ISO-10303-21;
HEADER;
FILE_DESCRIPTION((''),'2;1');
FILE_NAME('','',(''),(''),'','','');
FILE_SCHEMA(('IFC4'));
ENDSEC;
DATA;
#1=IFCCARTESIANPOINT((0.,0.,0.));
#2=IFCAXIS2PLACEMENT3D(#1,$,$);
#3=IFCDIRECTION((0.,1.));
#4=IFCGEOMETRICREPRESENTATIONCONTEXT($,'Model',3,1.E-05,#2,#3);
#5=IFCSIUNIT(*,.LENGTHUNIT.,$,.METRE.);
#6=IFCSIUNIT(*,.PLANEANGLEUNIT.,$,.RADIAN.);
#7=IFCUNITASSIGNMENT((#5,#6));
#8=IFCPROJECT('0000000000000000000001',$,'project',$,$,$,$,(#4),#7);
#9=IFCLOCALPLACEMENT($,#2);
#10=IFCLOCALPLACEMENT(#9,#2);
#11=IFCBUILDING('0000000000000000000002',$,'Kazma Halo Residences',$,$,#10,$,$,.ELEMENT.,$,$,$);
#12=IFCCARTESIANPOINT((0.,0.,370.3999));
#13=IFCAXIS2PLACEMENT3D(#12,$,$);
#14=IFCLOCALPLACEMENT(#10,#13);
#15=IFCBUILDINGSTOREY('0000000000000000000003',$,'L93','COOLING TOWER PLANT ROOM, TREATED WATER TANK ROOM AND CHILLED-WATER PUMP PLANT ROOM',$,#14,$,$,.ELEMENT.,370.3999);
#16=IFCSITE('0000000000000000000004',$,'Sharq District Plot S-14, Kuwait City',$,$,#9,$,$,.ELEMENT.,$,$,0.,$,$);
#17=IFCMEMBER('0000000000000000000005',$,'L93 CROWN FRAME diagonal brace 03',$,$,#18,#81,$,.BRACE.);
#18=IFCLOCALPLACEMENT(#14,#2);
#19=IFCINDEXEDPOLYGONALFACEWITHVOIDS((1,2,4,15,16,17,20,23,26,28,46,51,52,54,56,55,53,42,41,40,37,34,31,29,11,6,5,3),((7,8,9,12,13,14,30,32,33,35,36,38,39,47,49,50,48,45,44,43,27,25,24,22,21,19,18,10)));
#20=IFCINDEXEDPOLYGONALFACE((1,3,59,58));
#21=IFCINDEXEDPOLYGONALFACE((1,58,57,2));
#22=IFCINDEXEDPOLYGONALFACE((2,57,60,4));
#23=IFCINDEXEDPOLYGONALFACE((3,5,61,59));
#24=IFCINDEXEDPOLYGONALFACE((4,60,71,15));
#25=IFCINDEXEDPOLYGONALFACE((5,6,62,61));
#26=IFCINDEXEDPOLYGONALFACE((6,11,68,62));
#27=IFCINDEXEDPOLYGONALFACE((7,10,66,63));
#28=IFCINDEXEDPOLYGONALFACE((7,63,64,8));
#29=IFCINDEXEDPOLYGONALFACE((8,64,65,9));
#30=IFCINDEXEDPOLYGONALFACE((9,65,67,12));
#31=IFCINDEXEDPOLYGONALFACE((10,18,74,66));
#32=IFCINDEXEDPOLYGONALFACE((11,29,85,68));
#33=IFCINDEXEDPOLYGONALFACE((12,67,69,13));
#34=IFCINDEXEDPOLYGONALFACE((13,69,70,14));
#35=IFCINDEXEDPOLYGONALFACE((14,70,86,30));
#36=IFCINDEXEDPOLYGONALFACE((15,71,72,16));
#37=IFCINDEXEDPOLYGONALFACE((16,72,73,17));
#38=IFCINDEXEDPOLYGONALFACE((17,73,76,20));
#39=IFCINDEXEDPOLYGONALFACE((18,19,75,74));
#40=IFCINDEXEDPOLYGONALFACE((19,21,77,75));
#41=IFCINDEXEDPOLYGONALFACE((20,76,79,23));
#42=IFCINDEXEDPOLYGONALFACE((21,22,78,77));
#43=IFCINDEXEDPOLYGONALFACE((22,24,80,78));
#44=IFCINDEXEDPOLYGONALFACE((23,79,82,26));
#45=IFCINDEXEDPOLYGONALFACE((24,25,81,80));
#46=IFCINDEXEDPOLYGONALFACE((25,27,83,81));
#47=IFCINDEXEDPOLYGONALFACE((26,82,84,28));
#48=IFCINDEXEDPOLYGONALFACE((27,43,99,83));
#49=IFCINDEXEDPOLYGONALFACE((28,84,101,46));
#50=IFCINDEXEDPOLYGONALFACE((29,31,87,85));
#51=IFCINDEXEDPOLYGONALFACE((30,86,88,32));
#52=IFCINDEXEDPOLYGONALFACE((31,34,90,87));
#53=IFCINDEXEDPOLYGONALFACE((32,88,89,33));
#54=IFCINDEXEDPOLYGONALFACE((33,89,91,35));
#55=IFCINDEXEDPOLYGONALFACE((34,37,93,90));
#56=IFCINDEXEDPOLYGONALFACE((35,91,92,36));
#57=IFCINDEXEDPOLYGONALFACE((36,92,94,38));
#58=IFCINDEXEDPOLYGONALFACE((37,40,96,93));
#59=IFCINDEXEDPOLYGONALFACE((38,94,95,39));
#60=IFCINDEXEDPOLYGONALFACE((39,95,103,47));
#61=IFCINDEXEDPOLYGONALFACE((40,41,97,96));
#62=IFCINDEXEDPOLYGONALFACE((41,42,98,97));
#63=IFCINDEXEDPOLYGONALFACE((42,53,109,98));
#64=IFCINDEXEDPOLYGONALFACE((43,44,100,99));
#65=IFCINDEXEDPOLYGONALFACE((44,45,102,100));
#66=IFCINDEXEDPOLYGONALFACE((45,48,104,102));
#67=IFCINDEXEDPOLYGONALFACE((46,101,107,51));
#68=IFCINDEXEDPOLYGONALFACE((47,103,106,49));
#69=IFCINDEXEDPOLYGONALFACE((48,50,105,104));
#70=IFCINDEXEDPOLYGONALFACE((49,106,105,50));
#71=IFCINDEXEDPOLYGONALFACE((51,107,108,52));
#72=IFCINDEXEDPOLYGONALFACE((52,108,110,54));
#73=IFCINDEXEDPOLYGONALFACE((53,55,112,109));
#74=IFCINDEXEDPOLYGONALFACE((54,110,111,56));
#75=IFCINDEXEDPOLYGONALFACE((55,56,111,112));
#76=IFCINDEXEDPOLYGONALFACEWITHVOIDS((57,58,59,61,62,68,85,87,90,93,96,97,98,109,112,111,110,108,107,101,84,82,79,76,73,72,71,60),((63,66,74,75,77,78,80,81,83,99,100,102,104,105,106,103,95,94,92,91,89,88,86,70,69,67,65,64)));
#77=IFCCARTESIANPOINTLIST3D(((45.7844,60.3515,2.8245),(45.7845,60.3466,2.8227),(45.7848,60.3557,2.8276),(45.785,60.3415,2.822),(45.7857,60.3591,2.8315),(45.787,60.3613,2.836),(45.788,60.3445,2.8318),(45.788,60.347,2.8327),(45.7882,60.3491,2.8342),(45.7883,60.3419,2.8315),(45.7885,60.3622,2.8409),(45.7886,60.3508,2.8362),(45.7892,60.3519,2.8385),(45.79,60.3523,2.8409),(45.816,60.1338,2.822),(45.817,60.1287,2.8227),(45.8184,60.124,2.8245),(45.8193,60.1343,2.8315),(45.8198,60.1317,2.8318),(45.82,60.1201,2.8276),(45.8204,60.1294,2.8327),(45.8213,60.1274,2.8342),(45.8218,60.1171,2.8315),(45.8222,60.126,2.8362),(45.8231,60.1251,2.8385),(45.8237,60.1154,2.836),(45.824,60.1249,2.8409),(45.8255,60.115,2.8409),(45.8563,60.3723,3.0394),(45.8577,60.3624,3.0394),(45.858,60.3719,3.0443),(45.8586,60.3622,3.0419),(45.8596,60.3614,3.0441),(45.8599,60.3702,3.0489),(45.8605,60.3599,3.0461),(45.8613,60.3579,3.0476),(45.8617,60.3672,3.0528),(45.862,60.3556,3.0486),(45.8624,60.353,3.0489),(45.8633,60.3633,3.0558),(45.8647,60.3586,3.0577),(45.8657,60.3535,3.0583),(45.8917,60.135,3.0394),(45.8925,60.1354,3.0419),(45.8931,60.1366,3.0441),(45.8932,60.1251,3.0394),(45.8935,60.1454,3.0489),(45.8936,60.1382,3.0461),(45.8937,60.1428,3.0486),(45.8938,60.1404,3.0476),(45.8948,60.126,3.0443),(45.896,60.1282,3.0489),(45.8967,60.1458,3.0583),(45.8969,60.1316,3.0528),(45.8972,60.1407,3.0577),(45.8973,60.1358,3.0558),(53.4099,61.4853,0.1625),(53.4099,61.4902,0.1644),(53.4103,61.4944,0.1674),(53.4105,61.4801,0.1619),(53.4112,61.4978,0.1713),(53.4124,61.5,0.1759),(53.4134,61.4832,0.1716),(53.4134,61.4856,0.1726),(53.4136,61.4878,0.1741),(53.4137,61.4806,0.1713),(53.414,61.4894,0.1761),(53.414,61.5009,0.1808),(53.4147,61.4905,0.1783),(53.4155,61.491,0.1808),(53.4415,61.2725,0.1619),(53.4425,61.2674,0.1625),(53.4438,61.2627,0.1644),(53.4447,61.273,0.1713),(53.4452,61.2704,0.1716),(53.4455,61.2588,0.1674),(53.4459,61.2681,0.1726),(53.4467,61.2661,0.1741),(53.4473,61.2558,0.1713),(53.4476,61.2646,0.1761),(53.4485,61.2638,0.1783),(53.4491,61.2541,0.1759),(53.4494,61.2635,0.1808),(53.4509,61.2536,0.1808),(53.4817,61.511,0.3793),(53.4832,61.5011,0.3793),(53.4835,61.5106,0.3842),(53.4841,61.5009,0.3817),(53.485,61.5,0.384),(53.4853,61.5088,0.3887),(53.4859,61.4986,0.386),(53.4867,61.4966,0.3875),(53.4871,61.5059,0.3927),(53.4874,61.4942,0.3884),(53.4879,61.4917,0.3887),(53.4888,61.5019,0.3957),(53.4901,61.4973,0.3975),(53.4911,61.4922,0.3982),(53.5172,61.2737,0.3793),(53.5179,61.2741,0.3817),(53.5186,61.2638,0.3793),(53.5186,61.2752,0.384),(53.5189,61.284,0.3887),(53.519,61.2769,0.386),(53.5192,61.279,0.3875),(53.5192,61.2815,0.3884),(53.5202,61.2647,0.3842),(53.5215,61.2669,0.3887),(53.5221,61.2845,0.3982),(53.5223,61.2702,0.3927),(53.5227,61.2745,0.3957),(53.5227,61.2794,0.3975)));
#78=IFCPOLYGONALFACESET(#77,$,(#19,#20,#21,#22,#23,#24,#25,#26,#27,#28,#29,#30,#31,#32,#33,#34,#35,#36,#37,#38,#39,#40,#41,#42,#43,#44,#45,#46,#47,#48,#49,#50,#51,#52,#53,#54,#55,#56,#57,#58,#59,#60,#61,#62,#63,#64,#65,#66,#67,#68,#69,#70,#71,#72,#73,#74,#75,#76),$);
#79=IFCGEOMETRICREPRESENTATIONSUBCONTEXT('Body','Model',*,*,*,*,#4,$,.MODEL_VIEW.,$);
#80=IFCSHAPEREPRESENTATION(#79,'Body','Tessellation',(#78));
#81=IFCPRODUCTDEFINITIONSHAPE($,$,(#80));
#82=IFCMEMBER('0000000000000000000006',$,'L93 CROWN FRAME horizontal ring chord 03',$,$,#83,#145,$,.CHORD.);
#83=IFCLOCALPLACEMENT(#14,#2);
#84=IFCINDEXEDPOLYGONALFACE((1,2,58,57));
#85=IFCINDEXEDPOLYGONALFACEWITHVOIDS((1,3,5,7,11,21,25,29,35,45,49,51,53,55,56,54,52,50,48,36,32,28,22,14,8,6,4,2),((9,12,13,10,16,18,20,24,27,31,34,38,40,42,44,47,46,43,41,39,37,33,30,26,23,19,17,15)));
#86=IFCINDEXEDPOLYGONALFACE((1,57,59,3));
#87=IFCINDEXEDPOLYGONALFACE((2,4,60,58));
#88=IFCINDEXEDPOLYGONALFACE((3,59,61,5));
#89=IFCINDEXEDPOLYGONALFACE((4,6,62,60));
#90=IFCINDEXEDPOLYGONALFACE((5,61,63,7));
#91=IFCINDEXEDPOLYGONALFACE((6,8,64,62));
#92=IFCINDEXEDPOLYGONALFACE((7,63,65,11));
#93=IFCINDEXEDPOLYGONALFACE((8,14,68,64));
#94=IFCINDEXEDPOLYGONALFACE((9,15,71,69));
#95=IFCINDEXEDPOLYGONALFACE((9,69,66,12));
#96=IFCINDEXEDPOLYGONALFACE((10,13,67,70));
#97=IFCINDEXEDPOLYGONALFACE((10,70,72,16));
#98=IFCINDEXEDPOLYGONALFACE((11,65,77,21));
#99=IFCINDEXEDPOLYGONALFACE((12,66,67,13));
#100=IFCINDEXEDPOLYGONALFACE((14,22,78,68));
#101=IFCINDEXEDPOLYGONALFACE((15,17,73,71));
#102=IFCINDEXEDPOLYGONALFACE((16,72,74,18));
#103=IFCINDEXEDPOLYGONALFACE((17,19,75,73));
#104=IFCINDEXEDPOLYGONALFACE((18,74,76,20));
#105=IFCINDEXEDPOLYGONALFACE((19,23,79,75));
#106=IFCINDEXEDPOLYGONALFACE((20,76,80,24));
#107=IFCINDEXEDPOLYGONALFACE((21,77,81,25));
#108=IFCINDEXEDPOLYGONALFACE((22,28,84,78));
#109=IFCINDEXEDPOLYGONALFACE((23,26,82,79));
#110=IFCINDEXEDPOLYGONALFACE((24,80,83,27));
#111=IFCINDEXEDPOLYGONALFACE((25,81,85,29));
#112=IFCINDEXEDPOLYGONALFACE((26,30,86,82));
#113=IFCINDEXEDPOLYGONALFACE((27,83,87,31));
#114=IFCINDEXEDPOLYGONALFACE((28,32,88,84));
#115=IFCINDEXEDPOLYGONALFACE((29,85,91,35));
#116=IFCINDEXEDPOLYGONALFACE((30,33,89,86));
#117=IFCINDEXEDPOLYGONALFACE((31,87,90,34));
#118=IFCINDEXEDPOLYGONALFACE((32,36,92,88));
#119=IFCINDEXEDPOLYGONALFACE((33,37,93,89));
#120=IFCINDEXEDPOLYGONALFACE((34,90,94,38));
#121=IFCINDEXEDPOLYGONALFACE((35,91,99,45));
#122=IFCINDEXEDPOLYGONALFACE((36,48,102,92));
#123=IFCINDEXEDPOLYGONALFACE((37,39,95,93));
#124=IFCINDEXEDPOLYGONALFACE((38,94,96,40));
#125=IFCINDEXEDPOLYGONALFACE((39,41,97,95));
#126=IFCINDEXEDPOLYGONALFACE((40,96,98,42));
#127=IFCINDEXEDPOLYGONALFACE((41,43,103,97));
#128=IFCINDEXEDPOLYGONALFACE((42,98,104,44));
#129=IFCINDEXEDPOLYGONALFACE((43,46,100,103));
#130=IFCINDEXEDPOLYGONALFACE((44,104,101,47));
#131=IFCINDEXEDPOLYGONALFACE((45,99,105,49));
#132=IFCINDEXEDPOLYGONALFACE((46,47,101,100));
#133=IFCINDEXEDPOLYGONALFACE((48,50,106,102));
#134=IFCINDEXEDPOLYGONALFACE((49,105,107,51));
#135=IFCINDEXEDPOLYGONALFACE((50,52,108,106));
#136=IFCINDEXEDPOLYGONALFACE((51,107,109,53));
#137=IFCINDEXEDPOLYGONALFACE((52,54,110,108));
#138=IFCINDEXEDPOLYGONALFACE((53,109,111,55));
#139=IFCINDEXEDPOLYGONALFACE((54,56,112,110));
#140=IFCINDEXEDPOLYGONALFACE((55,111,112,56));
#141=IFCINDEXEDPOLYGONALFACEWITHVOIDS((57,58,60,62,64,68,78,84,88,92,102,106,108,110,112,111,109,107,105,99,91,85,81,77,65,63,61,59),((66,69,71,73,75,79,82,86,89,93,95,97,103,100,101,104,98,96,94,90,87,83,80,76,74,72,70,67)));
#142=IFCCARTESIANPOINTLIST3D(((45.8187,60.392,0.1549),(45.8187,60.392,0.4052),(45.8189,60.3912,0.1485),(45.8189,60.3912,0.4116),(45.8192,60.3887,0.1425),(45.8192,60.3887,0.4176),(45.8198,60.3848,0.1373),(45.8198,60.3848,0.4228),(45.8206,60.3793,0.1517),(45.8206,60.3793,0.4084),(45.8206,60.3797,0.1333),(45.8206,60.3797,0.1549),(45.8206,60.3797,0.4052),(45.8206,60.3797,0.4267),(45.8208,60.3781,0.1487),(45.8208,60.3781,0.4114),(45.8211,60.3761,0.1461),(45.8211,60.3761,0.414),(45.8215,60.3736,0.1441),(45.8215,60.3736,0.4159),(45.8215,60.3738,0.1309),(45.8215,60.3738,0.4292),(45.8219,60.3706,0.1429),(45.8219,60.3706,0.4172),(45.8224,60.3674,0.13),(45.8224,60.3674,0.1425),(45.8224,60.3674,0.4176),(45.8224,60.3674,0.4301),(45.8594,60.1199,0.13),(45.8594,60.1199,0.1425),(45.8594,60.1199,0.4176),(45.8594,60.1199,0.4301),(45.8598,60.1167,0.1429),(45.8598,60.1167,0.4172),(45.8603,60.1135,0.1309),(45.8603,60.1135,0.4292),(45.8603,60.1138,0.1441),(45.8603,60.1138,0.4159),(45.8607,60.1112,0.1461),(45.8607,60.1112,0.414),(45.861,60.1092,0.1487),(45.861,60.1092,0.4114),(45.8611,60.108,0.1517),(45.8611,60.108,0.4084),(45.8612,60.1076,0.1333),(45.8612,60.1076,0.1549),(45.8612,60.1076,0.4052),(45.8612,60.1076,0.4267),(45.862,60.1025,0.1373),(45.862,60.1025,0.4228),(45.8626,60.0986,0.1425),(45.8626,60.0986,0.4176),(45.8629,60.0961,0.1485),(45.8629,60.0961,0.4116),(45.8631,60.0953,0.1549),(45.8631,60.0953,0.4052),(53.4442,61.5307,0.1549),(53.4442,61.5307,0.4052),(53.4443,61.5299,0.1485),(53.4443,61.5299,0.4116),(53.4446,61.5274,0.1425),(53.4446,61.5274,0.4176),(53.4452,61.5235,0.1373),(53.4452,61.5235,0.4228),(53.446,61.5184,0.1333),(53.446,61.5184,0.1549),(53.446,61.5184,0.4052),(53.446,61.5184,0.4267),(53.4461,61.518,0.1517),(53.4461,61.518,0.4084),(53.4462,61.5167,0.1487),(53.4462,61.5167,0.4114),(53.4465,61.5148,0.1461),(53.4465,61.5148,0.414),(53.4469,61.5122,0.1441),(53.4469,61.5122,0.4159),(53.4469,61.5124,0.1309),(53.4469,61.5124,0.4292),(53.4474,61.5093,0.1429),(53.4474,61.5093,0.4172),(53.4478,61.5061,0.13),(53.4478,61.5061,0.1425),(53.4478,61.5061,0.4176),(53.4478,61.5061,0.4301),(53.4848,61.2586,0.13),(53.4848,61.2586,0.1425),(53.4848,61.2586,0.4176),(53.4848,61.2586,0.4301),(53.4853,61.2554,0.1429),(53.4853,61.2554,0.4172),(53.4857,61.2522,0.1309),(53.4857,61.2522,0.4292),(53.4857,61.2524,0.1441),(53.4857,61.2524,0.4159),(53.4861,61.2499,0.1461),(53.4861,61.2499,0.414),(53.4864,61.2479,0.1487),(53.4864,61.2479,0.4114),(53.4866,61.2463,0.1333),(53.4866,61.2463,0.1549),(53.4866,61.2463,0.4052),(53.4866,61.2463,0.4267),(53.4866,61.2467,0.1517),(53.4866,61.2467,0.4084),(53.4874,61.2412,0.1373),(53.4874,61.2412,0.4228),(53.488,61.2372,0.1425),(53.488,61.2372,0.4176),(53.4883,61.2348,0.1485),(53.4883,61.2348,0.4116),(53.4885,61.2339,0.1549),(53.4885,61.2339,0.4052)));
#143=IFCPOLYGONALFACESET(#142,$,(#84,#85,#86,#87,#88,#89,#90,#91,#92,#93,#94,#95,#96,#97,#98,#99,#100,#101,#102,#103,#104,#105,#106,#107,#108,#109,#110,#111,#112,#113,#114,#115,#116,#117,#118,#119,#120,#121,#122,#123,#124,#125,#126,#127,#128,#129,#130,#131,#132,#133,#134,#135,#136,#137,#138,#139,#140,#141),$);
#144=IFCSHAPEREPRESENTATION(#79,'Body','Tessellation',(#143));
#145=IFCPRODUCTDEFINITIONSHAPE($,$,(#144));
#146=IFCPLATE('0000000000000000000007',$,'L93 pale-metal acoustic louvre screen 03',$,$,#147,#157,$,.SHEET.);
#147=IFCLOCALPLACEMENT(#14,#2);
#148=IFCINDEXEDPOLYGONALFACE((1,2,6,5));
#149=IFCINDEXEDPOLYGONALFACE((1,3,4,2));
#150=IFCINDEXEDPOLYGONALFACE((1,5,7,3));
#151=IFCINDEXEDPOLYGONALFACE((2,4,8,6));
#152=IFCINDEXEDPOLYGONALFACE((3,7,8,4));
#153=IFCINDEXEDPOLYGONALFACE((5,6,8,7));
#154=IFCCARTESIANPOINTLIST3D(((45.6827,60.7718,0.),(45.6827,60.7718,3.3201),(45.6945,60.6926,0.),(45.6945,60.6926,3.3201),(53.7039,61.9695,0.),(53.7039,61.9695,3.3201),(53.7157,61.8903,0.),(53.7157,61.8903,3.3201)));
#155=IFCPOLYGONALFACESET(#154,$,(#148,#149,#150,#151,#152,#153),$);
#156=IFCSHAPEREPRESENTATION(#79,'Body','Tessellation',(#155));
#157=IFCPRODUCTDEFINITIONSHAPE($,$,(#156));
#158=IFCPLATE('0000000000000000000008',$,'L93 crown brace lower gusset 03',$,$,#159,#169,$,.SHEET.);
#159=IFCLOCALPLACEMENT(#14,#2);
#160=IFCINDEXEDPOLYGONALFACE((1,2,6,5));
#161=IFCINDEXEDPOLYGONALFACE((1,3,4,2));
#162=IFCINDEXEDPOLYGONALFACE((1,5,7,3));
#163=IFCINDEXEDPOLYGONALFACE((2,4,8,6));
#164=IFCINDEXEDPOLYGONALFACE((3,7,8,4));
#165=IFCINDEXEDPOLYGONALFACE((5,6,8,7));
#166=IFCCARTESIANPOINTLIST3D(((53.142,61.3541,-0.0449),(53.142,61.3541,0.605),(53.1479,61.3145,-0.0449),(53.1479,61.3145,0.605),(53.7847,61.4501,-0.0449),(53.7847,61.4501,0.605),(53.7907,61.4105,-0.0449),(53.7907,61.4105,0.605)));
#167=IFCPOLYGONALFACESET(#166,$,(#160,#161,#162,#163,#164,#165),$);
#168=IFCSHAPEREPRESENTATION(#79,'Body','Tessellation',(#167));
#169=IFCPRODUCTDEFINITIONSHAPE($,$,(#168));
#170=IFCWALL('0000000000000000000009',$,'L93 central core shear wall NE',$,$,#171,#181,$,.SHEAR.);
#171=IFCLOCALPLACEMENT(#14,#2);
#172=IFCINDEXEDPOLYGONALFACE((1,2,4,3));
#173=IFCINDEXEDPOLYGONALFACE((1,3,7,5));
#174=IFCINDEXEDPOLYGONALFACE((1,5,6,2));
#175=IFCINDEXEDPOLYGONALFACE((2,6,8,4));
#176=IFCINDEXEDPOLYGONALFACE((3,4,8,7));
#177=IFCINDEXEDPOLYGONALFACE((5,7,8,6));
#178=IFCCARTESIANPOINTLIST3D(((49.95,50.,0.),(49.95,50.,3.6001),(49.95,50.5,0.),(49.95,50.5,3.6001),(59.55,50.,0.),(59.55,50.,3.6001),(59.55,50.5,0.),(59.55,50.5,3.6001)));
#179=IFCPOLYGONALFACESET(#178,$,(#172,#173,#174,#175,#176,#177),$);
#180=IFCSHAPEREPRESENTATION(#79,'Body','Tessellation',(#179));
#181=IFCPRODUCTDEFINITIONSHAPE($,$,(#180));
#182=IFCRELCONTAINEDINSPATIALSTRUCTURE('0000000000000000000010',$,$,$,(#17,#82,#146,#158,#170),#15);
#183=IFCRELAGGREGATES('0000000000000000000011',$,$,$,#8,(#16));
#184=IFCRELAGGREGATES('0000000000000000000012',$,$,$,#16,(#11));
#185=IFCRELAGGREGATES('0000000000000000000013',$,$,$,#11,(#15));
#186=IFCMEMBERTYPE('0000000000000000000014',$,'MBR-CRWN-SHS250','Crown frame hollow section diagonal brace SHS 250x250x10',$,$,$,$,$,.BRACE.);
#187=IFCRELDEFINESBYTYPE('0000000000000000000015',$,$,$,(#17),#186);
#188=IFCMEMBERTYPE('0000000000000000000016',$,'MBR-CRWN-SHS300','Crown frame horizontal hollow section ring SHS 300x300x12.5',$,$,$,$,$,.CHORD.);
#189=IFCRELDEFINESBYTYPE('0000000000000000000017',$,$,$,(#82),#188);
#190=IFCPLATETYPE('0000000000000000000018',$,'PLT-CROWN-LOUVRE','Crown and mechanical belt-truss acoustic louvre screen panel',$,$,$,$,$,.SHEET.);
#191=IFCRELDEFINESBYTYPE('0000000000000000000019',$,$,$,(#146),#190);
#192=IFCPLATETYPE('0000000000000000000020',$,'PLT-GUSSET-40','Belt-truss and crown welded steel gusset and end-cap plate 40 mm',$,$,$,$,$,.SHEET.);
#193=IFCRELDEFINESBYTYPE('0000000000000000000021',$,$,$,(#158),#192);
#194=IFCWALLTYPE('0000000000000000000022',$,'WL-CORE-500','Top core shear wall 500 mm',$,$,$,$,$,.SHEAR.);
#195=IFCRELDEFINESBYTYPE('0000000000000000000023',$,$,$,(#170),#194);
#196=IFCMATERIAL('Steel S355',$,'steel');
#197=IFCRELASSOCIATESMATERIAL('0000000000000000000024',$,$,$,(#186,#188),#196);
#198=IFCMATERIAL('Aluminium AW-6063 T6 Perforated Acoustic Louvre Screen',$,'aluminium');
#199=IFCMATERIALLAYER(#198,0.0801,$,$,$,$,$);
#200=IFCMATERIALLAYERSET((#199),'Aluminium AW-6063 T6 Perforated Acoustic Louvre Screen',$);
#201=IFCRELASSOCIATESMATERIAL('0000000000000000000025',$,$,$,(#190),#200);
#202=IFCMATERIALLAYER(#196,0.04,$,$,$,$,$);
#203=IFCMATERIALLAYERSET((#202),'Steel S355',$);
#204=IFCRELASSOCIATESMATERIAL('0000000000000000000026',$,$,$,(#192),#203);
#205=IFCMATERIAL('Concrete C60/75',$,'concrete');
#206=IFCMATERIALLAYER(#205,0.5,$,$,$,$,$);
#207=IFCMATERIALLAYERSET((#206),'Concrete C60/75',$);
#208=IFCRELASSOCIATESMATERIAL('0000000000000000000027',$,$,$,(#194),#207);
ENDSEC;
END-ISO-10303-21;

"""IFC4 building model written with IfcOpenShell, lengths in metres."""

from ifc_helpers import new_model, si_unit, direction, frame, frame_2d, origin, origin_2d, place, context, subcontext, project, spatial, rectangle, hollow_rectangle, extrude, material, layer, layer_set, material_profile, profile_set, type_object, element, save


model = new_model("IFC4")

# Units and contexts
model_context = context("Model", 3, precision=1e-05, world=origin(), true_north=direction((0.0, 1.0)))
body_context = subcontext(model_context, "Body", "Model", "MODEL_VIEW")
ifc_project = project(units=[si_unit("LENGTHUNIT", "METRE"), si_unit("PLANEANGLEUNIT", "RADIAN")], contexts=[model_context])

# Site, building, storey
site_placement = place(None, origin())
site = spatial("IfcSite", under=ifc_project, at=site_placement, Name="Sharq District Plot S-14, Kuwait City", CompositionType="ELEMENT", RefElevation=0.0)
building_placement = place(site_placement, origin())
building = spatial("IfcBuilding", under=site, at=building_placement, Name="Kazma Halo Residences", CompositionType="ELEMENT")
storey_placement = place(building_placement, frame((0.0, 0.0, 370.3999)))
storey = spatial("IfcBuildingStorey", under=building, at=storey_placement, Name="L93", Description="COOLING TOWER PLANT ROOM, TREATED WATER TANK ROOM AND CHILLED-WATER PUMP PLANT ROOM", CompositionType="ELEMENT", Elevation=370.3999)

# Shared definitions
ifc_material_1 = material(Name="Steel S355", Category="steel")

# Members
ifc_material_profile_1 = material_profile(ifc_material_1, hollow_rectangle(XDim=0.25, YDim=0.25, WallThickness=0.01, InnerFilletRadius=0.01, OuterFilletRadius=0.02, at=origin_2d()), Name="SHS250x250x10")
ifc_profile_set_1 = profile_set([ifc_material_profile_1], Name="Steel S355")
member_type_1 = type_object("IfcMemberType", Name="MBR-CRWN-SHS250", Description="Crown frame hollow section diagonal brace SHS 250x250x10", PredefinedType="BRACE", material=ifc_profile_set_1)
member_1_placement = place(storey_placement, frame((53.4663, 61.3823, 0.28), z_axis=(-0.934949, -0.139611, 0.326158), x_axis=(0.147687, -0.989034, 0.0)))
element("IfcMember", 1, at=member_1_placement, inside=storey, type_object=member_type_1, Name="L93 CROWN FRAME diagonal brace 03", PredefinedType="BRACE", context=body_context, shape_type="SweptSolid", body=[
    extrude(hollow_rectangle(XDim=0.25, YDim=0.25, WallThickness=0.01, InnerFilletRadius=0.01, OuterFilletRadius=0.02, at=origin_2d()), origin(), (0.0, 0.0, 1.0), 8.156),
])
ifc_material_profile_2 = material_profile(ifc_material_1, hollow_rectangle(XDim=0.3, YDim=0.3, WallThickness=0.0125, InnerFilletRadius=0.0125, OuterFilletRadius=0.0249, at=origin_2d()), Name="SHS300x300x12.5")
ifc_profile_set_2 = profile_set([ifc_material_profile_2], Name="Steel S355")
member_type_2 = type_object("IfcMemberType", Name="MBR-CRWN-SHS300", Description="Crown frame horizontal hollow section ring SHS 300x300x12.5", PredefinedType="CHORD", material=ifc_profile_set_2)
member_2_placement = place(storey_placement, frame((53.4663, 61.3823, 0.28), z_axis=(-0.989034, -0.147687, 0.0), x_axis=(0.147687, -0.989034, 0.0)))
element("IfcMember", 2, at=member_2_placement, inside=storey, type_object=member_type_2, Name="L93 CROWN FRAME horizontal ring chord 03", PredefinedType="CHORD", context=body_context, shape_type="SweptSolid", body=[
    extrude(hollow_rectangle(XDim=0.3, YDim=0.3, WallThickness=0.0125, InnerFilletRadius=0.0125, OuterFilletRadius=0.0249, at=origin_2d()), origin(), (0.0, 0.0, 1.0), 7.71),
])

# Plates
ifc_material_2 = material(Name="Aluminium AW-6063 T6 Perforated Acoustic Louvre Screen", Category="aluminium")
ifc_layer_1 = layer(ifc_material_2, 0.0801)
ifc_layer_set_1 = layer_set([ifc_layer_1], Name="Aluminium AW-6063 T6 Perforated Acoustic Louvre Screen")
plate_type_1 = type_object("IfcPlateType", Name="PLT-CROWN-LOUVRE", Description="Crown and mechanical belt-truss acoustic louvre screen panel", PredefinedType="SHEET", material=ifc_layer_set_1)
plate_1_placement = place(storey_placement, frame((49.6992, 61.3311, 0.0), z_axis=(0.0, 0.0, 1.0), x_axis=(-0.989034, -0.147687, 0.0)))
element("IfcPlate", 3, at=plate_1_placement, inside=storey, type_object=plate_type_1, Name="L93 pale-metal acoustic louvre screen 03", PredefinedType="SHEET", context=body_context, shape_type="SweptSolid", body=[
    extrude(rectangle(XDim=8.1101, YDim=0.0801, at=origin_2d()), origin(), (0.0, 0.0, 1.0), 3.3201),
])
ifc_layer_2 = layer(ifc_material_1, 0.04)
ifc_layer_set_2 = layer_set([ifc_layer_2], Name="Steel S355")
plate_type_2 = type_object("IfcPlateType", Name="PLT-GUSSET-40", Description="Belt-truss and crown welded steel gusset and end-cap plate 40 mm", PredefinedType="SHEET", material=ifc_layer_set_2)
plate_2_placement = place(storey_placement, frame((53.4663, 61.3823, -0.0449), z_axis=(0.0, 0.0, 1.0), x_axis=(-0.989034, -0.147687, 0.0)))
element("IfcPlate", 4, at=plate_2_placement, inside=storey, type_object=plate_type_2, Name="L93 crown brace lower gusset 03", PredefinedType="SHEET", context=body_context, shape_type="SweptSolid", body=[
    extrude(rectangle(XDim=0.6499, YDim=0.04, at=origin_2d()), origin(), (0.0, 0.0, 1.0), 0.6499),
])

# Wall
ifc_material_3 = material(Name="Concrete C60/75", Category="concrete")
ifc_layer_3 = layer(ifc_material_3, 0.5)
ifc_layer_set_3 = layer_set([ifc_layer_3], Name="Concrete C60/75")
wall_type_1 = type_object("IfcWallType", Name="WL-CORE-500", Description="Top core shear wall 500 mm", PredefinedType="SHEAR", material=ifc_layer_set_3)
wall_1_placement = place(storey_placement, frame((49.95, 50.25, 0.0), z_axis=(0.0, 0.0, 1.0), x_axis=(1.0, 0.0, 0.0)))
element("IfcWall", 5, at=wall_1_placement, inside=storey, type_object=wall_type_1, Name="L93 central core shear wall NE", PredefinedType="SHEAR", context=body_context, shape_type="SweptSolid", body=[
    extrude(rectangle(XDim=9.6001, YDim=0.5, at=frame_2d((4.8, 0.0))), origin(), (0.0, 0.0, 1.0), 3.6001),
])

save(model, "model.ifc")
